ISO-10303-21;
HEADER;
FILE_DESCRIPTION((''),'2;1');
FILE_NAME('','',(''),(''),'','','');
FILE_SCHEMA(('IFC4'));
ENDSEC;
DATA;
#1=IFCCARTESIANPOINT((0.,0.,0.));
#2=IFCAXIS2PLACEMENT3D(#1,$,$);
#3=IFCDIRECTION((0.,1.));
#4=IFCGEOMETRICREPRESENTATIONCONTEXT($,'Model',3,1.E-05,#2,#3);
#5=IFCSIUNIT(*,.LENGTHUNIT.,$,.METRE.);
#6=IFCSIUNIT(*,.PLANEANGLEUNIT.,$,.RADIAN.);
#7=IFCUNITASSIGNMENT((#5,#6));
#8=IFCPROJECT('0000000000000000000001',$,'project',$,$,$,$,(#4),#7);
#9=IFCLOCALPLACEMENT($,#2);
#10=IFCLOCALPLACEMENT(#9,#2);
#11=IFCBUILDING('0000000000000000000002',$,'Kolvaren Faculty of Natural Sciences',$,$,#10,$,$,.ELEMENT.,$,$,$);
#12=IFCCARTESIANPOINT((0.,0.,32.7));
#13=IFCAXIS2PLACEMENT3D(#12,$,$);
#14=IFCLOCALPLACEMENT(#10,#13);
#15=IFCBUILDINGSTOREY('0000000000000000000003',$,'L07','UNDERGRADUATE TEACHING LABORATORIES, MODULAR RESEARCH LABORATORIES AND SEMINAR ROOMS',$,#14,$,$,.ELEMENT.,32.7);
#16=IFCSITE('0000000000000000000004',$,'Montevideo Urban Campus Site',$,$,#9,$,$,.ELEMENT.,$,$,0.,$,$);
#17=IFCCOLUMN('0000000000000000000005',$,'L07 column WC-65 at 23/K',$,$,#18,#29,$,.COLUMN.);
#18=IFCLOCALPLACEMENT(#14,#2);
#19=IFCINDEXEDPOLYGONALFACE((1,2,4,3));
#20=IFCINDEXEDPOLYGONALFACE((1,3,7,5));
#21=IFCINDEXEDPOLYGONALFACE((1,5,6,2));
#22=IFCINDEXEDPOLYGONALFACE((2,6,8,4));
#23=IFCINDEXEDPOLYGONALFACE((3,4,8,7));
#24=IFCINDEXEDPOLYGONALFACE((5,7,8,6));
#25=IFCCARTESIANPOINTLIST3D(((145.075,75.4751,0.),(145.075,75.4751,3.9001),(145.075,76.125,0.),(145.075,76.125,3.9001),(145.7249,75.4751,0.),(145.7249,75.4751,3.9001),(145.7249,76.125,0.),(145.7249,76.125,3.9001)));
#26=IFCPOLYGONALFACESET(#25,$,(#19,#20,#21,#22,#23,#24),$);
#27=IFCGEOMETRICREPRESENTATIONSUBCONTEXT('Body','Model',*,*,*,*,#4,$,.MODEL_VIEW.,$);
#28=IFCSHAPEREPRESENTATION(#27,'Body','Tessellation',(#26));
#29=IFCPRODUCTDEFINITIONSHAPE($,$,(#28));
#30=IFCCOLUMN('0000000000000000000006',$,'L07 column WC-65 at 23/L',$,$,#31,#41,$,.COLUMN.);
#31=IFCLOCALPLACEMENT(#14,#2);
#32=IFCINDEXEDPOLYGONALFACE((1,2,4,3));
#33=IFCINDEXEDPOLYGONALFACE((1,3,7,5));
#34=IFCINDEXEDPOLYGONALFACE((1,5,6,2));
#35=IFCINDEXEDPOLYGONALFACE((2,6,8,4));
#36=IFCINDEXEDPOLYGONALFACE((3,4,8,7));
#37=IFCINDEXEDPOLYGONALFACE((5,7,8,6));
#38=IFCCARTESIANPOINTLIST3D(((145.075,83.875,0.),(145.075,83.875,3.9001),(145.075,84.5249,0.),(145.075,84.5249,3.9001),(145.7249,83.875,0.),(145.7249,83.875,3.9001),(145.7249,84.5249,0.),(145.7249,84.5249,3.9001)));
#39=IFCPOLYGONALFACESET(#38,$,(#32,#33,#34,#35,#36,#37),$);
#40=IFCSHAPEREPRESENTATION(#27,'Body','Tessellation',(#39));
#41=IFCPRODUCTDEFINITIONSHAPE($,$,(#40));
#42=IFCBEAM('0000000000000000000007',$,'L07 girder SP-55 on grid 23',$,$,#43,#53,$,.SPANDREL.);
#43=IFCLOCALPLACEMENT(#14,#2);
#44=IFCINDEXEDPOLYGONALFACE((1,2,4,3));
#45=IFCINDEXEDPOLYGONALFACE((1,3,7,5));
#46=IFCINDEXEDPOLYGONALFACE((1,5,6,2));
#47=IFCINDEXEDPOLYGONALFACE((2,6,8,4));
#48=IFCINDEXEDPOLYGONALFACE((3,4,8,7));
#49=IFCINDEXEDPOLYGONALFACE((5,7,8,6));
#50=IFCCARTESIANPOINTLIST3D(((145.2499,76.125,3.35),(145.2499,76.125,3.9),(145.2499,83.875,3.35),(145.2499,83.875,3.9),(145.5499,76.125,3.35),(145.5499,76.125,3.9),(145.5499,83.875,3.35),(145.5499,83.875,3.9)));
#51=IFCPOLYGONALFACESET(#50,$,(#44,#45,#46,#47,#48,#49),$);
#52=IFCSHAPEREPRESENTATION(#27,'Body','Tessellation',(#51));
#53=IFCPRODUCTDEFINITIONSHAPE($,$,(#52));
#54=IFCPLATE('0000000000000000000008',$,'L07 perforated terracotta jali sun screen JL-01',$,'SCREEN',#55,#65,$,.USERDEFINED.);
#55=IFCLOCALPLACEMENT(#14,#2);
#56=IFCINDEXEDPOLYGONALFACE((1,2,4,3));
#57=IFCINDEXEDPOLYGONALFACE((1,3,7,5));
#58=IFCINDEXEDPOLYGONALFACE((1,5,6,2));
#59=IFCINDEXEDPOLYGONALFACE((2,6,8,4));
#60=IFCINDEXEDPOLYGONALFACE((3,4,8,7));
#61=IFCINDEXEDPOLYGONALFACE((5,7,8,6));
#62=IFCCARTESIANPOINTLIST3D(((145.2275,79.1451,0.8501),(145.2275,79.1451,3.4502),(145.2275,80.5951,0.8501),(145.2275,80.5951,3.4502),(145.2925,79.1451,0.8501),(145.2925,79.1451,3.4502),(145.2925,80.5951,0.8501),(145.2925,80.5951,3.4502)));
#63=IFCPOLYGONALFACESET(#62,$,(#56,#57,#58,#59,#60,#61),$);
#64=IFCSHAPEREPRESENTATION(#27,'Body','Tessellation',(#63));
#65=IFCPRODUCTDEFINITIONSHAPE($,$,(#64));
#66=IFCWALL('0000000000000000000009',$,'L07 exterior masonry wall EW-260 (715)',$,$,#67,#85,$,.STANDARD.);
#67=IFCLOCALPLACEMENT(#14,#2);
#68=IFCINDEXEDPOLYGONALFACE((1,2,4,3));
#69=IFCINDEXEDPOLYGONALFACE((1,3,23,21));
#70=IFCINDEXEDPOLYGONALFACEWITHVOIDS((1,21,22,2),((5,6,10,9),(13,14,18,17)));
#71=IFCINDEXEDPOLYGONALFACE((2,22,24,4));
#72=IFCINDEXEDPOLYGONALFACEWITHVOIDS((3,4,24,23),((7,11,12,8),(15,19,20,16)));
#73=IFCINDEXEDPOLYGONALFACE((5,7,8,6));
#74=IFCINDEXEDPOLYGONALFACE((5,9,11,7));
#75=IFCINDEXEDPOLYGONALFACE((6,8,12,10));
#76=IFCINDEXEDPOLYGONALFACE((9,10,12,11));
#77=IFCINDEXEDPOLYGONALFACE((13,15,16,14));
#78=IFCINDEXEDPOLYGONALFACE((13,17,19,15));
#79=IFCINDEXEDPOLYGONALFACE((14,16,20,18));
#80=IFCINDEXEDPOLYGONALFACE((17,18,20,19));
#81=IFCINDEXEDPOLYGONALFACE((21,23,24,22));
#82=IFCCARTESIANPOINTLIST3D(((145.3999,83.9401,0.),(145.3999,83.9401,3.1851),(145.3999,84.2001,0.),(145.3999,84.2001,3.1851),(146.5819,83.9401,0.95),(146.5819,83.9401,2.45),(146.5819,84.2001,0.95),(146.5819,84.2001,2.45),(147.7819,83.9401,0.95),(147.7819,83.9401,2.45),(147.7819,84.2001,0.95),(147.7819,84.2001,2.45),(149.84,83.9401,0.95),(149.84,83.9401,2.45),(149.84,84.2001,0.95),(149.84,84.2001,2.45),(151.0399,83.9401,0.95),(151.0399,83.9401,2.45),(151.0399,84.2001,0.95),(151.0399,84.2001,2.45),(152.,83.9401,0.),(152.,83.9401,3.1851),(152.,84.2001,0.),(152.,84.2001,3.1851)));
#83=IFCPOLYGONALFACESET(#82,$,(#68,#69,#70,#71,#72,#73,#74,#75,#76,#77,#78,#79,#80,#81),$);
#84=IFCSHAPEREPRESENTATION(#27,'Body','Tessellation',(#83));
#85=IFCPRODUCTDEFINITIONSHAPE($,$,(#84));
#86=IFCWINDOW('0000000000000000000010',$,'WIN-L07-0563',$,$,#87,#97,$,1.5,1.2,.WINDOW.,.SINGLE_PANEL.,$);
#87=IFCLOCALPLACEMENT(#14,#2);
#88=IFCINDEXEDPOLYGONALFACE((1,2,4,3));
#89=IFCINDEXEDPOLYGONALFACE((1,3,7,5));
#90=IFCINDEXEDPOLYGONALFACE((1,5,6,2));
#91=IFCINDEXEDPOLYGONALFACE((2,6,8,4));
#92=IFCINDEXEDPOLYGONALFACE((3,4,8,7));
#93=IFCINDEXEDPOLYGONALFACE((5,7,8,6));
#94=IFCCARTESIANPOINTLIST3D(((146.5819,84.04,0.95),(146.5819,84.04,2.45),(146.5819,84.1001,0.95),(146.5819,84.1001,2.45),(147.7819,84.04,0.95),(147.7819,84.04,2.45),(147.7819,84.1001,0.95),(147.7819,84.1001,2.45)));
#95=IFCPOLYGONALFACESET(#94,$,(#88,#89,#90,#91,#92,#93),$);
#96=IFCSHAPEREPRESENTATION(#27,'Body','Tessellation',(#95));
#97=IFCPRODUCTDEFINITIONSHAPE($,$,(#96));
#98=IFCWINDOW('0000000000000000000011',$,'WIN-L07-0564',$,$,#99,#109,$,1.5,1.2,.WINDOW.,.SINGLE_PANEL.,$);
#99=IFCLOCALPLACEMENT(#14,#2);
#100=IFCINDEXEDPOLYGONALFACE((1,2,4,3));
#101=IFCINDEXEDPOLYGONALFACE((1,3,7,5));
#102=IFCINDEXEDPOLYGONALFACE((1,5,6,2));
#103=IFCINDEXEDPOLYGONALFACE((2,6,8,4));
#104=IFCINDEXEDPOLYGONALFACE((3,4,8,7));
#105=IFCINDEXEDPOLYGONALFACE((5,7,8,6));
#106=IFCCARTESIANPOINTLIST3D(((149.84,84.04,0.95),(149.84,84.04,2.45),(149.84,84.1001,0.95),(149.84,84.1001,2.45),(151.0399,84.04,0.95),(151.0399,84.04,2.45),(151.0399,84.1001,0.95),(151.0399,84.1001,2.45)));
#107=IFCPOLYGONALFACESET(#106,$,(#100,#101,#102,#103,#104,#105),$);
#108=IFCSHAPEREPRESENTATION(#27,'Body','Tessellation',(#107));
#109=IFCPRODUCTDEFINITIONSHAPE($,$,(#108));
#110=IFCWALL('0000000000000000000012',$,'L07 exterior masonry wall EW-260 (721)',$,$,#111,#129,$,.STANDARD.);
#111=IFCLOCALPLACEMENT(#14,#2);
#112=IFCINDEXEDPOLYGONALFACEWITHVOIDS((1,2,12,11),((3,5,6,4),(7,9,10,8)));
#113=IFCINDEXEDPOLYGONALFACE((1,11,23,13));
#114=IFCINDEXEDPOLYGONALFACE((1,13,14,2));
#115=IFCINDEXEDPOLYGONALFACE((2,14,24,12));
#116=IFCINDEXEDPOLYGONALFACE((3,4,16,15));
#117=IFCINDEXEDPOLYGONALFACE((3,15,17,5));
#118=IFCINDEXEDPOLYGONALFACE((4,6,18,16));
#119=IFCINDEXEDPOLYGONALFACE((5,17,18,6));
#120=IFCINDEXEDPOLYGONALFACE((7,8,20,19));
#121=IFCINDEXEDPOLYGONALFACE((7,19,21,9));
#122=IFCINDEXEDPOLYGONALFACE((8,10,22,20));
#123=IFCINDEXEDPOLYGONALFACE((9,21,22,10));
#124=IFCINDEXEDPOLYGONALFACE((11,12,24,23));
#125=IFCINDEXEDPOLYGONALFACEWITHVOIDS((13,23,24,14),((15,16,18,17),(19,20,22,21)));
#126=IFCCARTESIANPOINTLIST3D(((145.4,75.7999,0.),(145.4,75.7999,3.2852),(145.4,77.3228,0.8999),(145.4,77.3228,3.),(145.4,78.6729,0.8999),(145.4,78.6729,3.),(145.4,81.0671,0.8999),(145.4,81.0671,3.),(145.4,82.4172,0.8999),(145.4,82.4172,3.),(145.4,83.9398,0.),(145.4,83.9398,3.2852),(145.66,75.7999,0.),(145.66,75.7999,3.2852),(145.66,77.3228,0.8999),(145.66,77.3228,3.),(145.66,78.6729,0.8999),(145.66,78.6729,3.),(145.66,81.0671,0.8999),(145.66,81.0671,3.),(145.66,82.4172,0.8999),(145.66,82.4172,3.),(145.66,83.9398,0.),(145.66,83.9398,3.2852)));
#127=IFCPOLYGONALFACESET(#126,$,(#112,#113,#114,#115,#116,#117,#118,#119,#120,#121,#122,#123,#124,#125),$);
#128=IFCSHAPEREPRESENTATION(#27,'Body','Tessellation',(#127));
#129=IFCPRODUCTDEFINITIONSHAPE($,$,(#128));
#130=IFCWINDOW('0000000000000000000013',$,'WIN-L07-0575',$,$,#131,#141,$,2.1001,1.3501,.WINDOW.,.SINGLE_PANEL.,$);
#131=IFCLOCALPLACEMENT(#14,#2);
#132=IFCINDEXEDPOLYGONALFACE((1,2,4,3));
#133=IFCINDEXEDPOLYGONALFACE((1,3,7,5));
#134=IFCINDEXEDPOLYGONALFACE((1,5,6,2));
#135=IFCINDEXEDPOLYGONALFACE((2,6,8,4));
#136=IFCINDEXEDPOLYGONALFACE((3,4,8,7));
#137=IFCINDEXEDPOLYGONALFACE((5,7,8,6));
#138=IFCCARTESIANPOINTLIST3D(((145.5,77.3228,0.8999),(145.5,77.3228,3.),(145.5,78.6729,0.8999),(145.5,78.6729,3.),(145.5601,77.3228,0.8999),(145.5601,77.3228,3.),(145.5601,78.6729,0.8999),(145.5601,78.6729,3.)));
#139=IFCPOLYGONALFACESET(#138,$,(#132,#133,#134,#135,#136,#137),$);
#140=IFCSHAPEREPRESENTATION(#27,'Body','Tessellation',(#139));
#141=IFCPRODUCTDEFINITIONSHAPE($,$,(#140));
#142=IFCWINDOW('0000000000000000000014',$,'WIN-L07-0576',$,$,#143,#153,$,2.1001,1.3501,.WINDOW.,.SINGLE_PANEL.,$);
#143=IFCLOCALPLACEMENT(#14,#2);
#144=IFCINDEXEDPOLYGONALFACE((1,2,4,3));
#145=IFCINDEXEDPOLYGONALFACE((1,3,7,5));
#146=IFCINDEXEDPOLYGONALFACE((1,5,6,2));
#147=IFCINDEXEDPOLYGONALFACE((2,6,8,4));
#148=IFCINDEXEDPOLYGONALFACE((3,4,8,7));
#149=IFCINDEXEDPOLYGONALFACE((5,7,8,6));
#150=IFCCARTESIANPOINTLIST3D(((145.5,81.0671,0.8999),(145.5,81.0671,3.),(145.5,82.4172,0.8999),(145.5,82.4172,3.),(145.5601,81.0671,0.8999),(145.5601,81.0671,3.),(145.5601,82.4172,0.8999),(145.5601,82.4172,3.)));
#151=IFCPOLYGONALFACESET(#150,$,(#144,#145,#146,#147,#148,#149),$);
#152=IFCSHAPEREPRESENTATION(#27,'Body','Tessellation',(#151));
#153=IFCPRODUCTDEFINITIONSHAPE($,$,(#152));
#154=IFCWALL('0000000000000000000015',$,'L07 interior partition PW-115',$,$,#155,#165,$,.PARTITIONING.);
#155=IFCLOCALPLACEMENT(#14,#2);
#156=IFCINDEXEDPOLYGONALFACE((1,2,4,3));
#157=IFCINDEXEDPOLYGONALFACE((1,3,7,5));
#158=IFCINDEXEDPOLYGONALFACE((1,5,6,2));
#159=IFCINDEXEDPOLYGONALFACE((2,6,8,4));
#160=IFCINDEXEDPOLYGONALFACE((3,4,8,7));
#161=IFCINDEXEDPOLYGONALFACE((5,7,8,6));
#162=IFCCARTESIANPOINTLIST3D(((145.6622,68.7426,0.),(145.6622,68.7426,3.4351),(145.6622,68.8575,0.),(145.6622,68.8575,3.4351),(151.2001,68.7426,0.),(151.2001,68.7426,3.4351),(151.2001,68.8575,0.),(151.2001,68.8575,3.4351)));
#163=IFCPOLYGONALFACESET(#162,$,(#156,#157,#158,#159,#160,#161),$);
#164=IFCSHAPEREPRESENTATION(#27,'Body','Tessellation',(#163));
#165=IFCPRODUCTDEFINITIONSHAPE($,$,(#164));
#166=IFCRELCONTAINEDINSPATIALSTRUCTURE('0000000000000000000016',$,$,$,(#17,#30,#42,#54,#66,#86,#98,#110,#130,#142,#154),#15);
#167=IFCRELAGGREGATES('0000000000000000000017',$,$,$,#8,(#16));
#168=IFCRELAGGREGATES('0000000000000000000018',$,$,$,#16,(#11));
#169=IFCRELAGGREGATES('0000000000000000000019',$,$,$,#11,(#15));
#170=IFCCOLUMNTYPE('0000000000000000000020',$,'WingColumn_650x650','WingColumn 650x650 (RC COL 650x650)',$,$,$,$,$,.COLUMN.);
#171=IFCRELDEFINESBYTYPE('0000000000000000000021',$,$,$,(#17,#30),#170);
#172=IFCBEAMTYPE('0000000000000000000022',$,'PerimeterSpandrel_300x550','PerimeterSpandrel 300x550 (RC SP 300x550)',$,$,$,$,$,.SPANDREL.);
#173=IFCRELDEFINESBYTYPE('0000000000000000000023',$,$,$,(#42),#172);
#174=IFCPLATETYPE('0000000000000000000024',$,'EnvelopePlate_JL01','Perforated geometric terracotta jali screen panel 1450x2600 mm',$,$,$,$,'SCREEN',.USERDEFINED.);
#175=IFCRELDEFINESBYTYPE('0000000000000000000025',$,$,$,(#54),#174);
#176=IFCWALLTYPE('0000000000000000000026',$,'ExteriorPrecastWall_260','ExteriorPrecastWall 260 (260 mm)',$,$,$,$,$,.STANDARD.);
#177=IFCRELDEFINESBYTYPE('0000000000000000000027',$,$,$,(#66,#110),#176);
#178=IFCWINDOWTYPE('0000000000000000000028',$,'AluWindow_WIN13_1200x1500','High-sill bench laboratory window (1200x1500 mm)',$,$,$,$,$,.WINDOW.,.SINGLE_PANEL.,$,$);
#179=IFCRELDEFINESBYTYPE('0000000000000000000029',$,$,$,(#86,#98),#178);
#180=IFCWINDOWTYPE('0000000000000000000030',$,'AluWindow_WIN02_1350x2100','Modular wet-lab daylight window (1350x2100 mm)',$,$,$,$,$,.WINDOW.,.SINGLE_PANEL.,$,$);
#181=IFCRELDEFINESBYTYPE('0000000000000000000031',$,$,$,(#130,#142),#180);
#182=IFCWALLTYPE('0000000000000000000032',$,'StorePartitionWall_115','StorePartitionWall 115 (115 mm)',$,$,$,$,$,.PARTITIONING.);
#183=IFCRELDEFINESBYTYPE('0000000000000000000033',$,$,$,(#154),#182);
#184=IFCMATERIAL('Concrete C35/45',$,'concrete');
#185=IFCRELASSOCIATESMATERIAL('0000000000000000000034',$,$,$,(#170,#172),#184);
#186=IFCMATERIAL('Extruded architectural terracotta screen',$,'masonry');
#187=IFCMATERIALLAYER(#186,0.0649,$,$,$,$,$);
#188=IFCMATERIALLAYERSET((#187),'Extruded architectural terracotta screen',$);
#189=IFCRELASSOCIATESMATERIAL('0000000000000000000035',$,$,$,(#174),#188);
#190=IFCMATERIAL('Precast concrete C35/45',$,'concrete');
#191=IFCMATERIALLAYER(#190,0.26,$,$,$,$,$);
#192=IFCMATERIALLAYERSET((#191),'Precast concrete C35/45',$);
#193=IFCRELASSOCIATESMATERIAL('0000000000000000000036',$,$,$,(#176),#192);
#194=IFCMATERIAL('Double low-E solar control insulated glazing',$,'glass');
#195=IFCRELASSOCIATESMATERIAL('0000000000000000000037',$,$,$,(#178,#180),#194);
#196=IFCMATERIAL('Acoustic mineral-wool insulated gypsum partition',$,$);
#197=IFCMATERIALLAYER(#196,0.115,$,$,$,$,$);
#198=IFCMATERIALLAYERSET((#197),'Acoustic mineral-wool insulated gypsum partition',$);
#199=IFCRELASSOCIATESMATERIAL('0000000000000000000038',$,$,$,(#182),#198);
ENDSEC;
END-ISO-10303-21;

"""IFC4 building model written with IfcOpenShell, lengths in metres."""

from ifc_helpers import new_model, si_unit, direction, frame, frame_2d, origin, origin_2d, place, context, subcontext, project, spatial, rectangle, extrude, material, layer, layer_set, material_profile, profile_set, type_object, element, fill, save


model = new_model("IFC4")

# Units and contexts
model_context = context("Model", 3, precision=1e-05, world=origin(), true_north=direction((0.0, 1.0)))
body_context = subcontext(model_context, "Body", "Model", "MODEL_VIEW")
ifc_project = project(units=[si_unit("LENGTHUNIT", "METRE"), si_unit("PLANEANGLEUNIT", "RADIAN")], contexts=[model_context])

# Site, building, storey
site_placement = place(None, origin())
site = spatial("IfcSite", under=ifc_project, at=site_placement, Name="Montevideo Urban Campus Site", CompositionType="ELEMENT", RefElevation=0.0)
building_placement = place(site_placement, origin())
building = spatial("IfcBuilding", under=site, at=building_placement, Name="Kolvaren Faculty of Natural Sciences", CompositionType="ELEMENT")
storey_placement = place(building_placement, frame((0.0, 0.0, 32.7)))
storey = spatial("IfcBuildingStorey", under=building, at=storey_placement, Name="L07", Description="UNDERGRADUATE TEACHING LABORATORIES, MODULAR RESEARCH LABORATORIES AND SEMINAR ROOMS", CompositionType="ELEMENT", Elevation=32.7)

# Columns
ifc_material_1 = material(Name="Concrete C35/45", Category="concrete")
ifc_material_profile_1 = material_profile(ifc_material_1, rectangle(XDim=0.6499, YDim=0.6499, at=origin_2d()), Name="RC COL 650x650")
ifc_profile_set_1 = profile_set([ifc_material_profile_1], Name="Concrete C35/45")
column_type = type_object("IfcColumnType", Name="WingColumn_650x650", Description="WingColumn 650x650 (RC COL 650x650)", PredefinedType="COLUMN", material=ifc_profile_set_1)
for number, where, z_axis, x_axis, name in (
    (1, (145.3999, 75.8, 0.0), (0.0, 0.0, 1.0), (1.0, 0.0, 0.0), "L07 column WC-65 at 23/K"),
    (2, (145.3999, 84.2, 0.0), (0.0, 0.0, 1.0), (1.0, 0.0, 0.0), "L07 column WC-65 at 23/L"),
):
    element("IfcColumn", number, at=place(storey_placement, frame(where, z_axis=z_axis, x_axis=x_axis)), inside=storey, type_object=column_type, Name=name, PredefinedType="COLUMN", context=body_context, shape_type="SweptSolid", body=[
        extrude(rectangle(XDim=0.6499, YDim=0.6499, at=origin_2d()), origin(), (0.0, 0.0, 1.0), 3.9001),
    ])

# Beam
ifc_material_profile_2 = material_profile(ifc_material_1, rectangle(XDim=0.3, YDim=0.55, at=origin_2d()), Name="RC SP 300x550")
ifc_profile_set_2 = profile_set([ifc_material_profile_2], Name="Concrete C35/45")
beam_type = type_object("IfcBeamType", Name="PerimeterSpandrel_300x550", Description="PerimeterSpandrel 300x550 (RC SP 300x550)", PredefinedType="SPANDREL", material=ifc_profile_set_2)
beam_placement = place(storey_placement, frame((145.3999, 76.125, 3.625), z_axis=(0.0, 1.0, 0.0), x_axis=(-1.0, 0.0, 0.0)))
element("IfcBeam", 3, at=beam_placement, inside=storey, type_object=beam_type, Name="L07 girder SP-55 on grid 23", PredefinedType="SPANDREL", context=body_context, shape_type="SweptSolid", body=[
    extrude(rectangle(XDim=0.3, YDim=0.55, at=origin_2d()), origin(), (0.0, 0.0, 1.0), 7.75),
])

# Plate
ifc_material_2 = material(Name="Extruded architectural terracotta screen", Category="masonry")
ifc_layer_1 = layer(ifc_material_2, 0.0649)
ifc_layer_set_1 = layer_set([ifc_layer_1], Name="Extruded architectural terracotta screen")
plate_type = type_object("IfcPlateType", Name="EnvelopePlate_JL01", Description="Perforated geometric terracotta jali screen panel 1450x2600 mm", ElementType="SCREEN", PredefinedType="USERDEFINED", material=ifc_layer_set_1)
plate_placement = place(storey_placement, frame((145.26, 79.8701, 0.8501), z_axis=(0.0, 0.0, 1.0), x_axis=(0.0, 1.0, 0.0)))
element("IfcPlate", 4, at=plate_placement, inside=storey, type_object=plate_type, Name="L07 perforated terracotta jali sun screen JL-01", ObjectType="SCREEN", PredefinedType="USERDEFINED", context=body_context, shape_type="SweptSolid", body=[
    extrude(rectangle(XDim=1.45, YDim=0.0649, at=origin_2d()), origin(), (0.0, 0.0, 1.0), 2.6001),
])

# Walls, openings, windows
ifc_material_3 = material(Name="Precast concrete C35/45", Category="concrete")
ifc_layer_2 = layer(ifc_material_3, 0.26)
ifc_layer_set_2 = layer_set([ifc_layer_2], Name="Precast concrete C35/45")
wall_type_1 = type_object("IfcWallType", Name="ExteriorPrecastWall_260", Description="ExteriorPrecastWall 260 (260 mm)", PredefinedType="STANDARD", material=ifc_layer_set_2)
wall_1_placement = place(storey_placement, frame((145.3999, 84.0701, 0.0), z_axis=(0.0, 0.0, 1.0), x_axis=(1.0, 0.0, 0.0)))
wall_1 = element("IfcWall", 5, at=wall_1_placement, inside=storey, type_object=wall_type_1, Name="L07 exterior masonry wall EW-260 (715)", PredefinedType="STANDARD", context=body_context, shape_type="SweptSolid", body=[
    extrude(rectangle(XDim=6.6001, YDim=0.26, at=frame_2d((3.3, 0.0))), origin(), (0.0, 0.0, 1.0), 3.1851),
])
opening_1_placement = place(wall_1_placement, frame((1.1819, 0.0, 0.95)))
opening_1 = element("IfcOpeningElement", 6, at=opening_1_placement, cuts=wall_1, PredefinedType="OPENING", context=body_context, shape_type="SweptSolid", body=[
    extrude(rectangle(XDim=1.2, YDim=1.5, at=frame_2d((0.6001, 0.75))), frame((0.0, 0.1399, 0.0), z_axis=(0.0, -1.0, 0.0), x_axis=(1.0, 0.0, 0.0)), (0.0, 0.0, 1.0), 0.28),
])
opening_2_placement = place(wall_1_placement, frame((4.4399, 0.0, 0.95)))
opening_2 = element("IfcOpeningElement", 7, at=opening_2_placement, cuts=wall_1, PredefinedType="OPENING", context=body_context, shape_type="SweptSolid", body=[
    extrude(rectangle(XDim=1.2, YDim=1.5, at=frame_2d((0.6001, 0.75))), frame((0.0, 0.1399, 0.0), z_axis=(0.0, -1.0, 0.0), x_axis=(1.0, 0.0, 0.0)), (0.0, 0.0, 1.0), 0.28),
])
ifc_material_4 = material(Name="Double low-E solar control insulated glazing", Category="glass")
window_type_1 = type_object("IfcWindowType", Name="AluWindow_WIN13_1200x1500", Description="High-sill bench laboratory window (1200x1500 mm)", PartitioningType="SINGLE_PANEL", PredefinedType="WINDOW", material=ifc_material_4)
window_1_placement = place(opening_1_placement, origin())
window_1 = element("IfcWindow", 8, at=window_1_placement, inside=storey, type_object=window_type_1, Name="WIN-L07-0563", OverallHeight=1.5, OverallWidth=1.2, PartitioningType="SINGLE_PANEL", PredefinedType="WINDOW", context=body_context, shape_type="SweptSolid", body=[
    extrude(rectangle(XDim=1.2, YDim=1.5, at=frame_2d((0.6001, 0.75))), frame((0.0, 0.03, 0.0), z_axis=(0.0, -1.0, 0.0), x_axis=(1.0, 0.0, 0.0)), (0.0, 0.0, 1.0), 0.0601),
])
fill(opening_1, window_1)
window_2_placement = place(opening_2_placement, origin())
window_2 = element("IfcWindow", 9, at=window_2_placement, inside=storey, type_object=window_type_1, Name="WIN-L07-0564", OverallHeight=1.5, OverallWidth=1.2, PartitioningType="SINGLE_PANEL", PredefinedType="WINDOW", context=body_context, shape_type="SweptSolid", body=[
    extrude(rectangle(XDim=1.2, YDim=1.5, at=frame_2d((0.6001, 0.75))), frame((0.0, 0.03, 0.0), z_axis=(0.0, -1.0, 0.0), x_axis=(1.0, 0.0, 0.0)), (0.0, 0.0, 1.0), 0.0601),
])
fill(opening_2, window_2)
wall_2_placement = place(storey_placement, frame((145.53, 75.8, 0.0), z_axis=(0.0, 0.0, 1.0), x_axis=(0.0, 1.0, 0.0)))
wall_2 = element("IfcWall", 10, at=wall_2_placement, inside=storey, type_object=wall_type_1, Name="L07 exterior masonry wall EW-260 (721)", PredefinedType="STANDARD", context=body_context, shape_type="SweptSolid", body=[
    extrude(rectangle(XDim=8.1399, YDim=0.26, at=frame_2d((4.0698, 0.0))), origin(), (0.0, 0.0, 1.0), 3.2852),
])
opening_3_placement = place(wall_2_placement, frame((1.5227, 0.0, 0.8999)))
opening_3 = element("IfcOpeningElement", 11, at=opening_3_placement, cuts=wall_2, PredefinedType="OPENING", context=body_context, shape_type="SweptSolid", body=[
    extrude(rectangle(XDim=1.3501, YDim=2.1001, at=frame_2d((0.675, 1.05))), frame((0.0, 0.1399, 0.0), z_axis=(0.0, -1.0, 0.0), x_axis=(1.0, 0.0, 0.0)), (0.0, 0.0, 1.0), 0.28),
])
opening_4_placement = place(wall_2_placement, frame((5.2671, 0.0, 0.8999)))
opening_4 = element("IfcOpeningElement", 12, at=opening_4_placement, cuts=wall_2, PredefinedType="OPENING", context=body_context, shape_type="SweptSolid", body=[
    extrude(rectangle(XDim=1.3501, YDim=2.1001, at=frame_2d((0.675, 1.05))), frame((0.0, 0.1399, 0.0), z_axis=(0.0, -1.0, 0.0), x_axis=(1.0, 0.0, 0.0)), (0.0, 0.0, 1.0), 0.28),
])
window_type_2 = type_object("IfcWindowType", Name="AluWindow_WIN02_1350x2100", Description="Modular wet-lab daylight window (1350x2100 mm)", PartitioningType="SINGLE_PANEL", PredefinedType="WINDOW", material=ifc_material_4)
window_3_placement = place(opening_3_placement, origin())
window_3 = element("IfcWindow", 13, at=window_3_placement, inside=storey, type_object=window_type_2, Name="WIN-L07-0575", OverallHeight=2.1001, OverallWidth=1.3501, PartitioningType="SINGLE_PANEL", PredefinedType="WINDOW", context=body_context, shape_type="SweptSolid", body=[
    extrude(rectangle(XDim=1.3501, YDim=2.1001, at=frame_2d((0.675, 1.05))), frame((0.0, 0.03, 0.0), z_axis=(0.0, -1.0, 0.0), x_axis=(1.0, 0.0, 0.0)), (0.0, 0.0, 1.0), 0.0601),
])
fill(opening_3, window_3)
window_4_placement = place(opening_4_placement, origin())
window_4 = element("IfcWindow", 14, at=window_4_placement, inside=storey, type_object=window_type_2, Name="WIN-L07-0576", OverallHeight=2.1001, OverallWidth=1.3501, PartitioningType="SINGLE_PANEL", PredefinedType="WINDOW", context=body_context, shape_type="SweptSolid", body=[
    extrude(rectangle(XDim=1.3501, YDim=2.1001, at=frame_2d((0.675, 1.05))), frame((0.0, 0.03, 0.0), z_axis=(0.0, -1.0, 0.0), x_axis=(1.0, 0.0, 0.0)), (0.0, 0.0, 1.0), 0.0601),
])
fill(opening_4, window_4)

# Wall
ifc_material_5 = material(Name="Acoustic mineral-wool insulated gypsum partition")
ifc_layer_3 = layer(ifc_material_5, 0.115)
ifc_layer_set_3 = layer_set([ifc_layer_3], Name="Acoustic mineral-wool insulated gypsum partition")
wall_type_2 = type_object("IfcWallType", Name="StorePartitionWall_115", Description="StorePartitionWall 115 (115 mm)", PredefinedType="PARTITIONING", material=ifc_layer_set_3)
wall_3_placement = place(storey_placement, frame((145.6621, 68.8, 0.0), z_axis=(0.0, 0.0, 1.0), x_axis=(1.0, 0.0, 0.0)))
element("IfcWall", 15, at=wall_3_placement, inside=storey, type_object=wall_type_2, Name="L07 interior partition PW-115", PredefinedType="PARTITIONING", context=body_context, shape_type="SweptSolid", body=[
    extrude(rectangle(XDim=5.5378, YDim=0.115, at=frame_2d((2.769, 0.0))), origin(), (0.0, 0.0, 1.0), 3.4351),
])

save(model, "model.ifc")
